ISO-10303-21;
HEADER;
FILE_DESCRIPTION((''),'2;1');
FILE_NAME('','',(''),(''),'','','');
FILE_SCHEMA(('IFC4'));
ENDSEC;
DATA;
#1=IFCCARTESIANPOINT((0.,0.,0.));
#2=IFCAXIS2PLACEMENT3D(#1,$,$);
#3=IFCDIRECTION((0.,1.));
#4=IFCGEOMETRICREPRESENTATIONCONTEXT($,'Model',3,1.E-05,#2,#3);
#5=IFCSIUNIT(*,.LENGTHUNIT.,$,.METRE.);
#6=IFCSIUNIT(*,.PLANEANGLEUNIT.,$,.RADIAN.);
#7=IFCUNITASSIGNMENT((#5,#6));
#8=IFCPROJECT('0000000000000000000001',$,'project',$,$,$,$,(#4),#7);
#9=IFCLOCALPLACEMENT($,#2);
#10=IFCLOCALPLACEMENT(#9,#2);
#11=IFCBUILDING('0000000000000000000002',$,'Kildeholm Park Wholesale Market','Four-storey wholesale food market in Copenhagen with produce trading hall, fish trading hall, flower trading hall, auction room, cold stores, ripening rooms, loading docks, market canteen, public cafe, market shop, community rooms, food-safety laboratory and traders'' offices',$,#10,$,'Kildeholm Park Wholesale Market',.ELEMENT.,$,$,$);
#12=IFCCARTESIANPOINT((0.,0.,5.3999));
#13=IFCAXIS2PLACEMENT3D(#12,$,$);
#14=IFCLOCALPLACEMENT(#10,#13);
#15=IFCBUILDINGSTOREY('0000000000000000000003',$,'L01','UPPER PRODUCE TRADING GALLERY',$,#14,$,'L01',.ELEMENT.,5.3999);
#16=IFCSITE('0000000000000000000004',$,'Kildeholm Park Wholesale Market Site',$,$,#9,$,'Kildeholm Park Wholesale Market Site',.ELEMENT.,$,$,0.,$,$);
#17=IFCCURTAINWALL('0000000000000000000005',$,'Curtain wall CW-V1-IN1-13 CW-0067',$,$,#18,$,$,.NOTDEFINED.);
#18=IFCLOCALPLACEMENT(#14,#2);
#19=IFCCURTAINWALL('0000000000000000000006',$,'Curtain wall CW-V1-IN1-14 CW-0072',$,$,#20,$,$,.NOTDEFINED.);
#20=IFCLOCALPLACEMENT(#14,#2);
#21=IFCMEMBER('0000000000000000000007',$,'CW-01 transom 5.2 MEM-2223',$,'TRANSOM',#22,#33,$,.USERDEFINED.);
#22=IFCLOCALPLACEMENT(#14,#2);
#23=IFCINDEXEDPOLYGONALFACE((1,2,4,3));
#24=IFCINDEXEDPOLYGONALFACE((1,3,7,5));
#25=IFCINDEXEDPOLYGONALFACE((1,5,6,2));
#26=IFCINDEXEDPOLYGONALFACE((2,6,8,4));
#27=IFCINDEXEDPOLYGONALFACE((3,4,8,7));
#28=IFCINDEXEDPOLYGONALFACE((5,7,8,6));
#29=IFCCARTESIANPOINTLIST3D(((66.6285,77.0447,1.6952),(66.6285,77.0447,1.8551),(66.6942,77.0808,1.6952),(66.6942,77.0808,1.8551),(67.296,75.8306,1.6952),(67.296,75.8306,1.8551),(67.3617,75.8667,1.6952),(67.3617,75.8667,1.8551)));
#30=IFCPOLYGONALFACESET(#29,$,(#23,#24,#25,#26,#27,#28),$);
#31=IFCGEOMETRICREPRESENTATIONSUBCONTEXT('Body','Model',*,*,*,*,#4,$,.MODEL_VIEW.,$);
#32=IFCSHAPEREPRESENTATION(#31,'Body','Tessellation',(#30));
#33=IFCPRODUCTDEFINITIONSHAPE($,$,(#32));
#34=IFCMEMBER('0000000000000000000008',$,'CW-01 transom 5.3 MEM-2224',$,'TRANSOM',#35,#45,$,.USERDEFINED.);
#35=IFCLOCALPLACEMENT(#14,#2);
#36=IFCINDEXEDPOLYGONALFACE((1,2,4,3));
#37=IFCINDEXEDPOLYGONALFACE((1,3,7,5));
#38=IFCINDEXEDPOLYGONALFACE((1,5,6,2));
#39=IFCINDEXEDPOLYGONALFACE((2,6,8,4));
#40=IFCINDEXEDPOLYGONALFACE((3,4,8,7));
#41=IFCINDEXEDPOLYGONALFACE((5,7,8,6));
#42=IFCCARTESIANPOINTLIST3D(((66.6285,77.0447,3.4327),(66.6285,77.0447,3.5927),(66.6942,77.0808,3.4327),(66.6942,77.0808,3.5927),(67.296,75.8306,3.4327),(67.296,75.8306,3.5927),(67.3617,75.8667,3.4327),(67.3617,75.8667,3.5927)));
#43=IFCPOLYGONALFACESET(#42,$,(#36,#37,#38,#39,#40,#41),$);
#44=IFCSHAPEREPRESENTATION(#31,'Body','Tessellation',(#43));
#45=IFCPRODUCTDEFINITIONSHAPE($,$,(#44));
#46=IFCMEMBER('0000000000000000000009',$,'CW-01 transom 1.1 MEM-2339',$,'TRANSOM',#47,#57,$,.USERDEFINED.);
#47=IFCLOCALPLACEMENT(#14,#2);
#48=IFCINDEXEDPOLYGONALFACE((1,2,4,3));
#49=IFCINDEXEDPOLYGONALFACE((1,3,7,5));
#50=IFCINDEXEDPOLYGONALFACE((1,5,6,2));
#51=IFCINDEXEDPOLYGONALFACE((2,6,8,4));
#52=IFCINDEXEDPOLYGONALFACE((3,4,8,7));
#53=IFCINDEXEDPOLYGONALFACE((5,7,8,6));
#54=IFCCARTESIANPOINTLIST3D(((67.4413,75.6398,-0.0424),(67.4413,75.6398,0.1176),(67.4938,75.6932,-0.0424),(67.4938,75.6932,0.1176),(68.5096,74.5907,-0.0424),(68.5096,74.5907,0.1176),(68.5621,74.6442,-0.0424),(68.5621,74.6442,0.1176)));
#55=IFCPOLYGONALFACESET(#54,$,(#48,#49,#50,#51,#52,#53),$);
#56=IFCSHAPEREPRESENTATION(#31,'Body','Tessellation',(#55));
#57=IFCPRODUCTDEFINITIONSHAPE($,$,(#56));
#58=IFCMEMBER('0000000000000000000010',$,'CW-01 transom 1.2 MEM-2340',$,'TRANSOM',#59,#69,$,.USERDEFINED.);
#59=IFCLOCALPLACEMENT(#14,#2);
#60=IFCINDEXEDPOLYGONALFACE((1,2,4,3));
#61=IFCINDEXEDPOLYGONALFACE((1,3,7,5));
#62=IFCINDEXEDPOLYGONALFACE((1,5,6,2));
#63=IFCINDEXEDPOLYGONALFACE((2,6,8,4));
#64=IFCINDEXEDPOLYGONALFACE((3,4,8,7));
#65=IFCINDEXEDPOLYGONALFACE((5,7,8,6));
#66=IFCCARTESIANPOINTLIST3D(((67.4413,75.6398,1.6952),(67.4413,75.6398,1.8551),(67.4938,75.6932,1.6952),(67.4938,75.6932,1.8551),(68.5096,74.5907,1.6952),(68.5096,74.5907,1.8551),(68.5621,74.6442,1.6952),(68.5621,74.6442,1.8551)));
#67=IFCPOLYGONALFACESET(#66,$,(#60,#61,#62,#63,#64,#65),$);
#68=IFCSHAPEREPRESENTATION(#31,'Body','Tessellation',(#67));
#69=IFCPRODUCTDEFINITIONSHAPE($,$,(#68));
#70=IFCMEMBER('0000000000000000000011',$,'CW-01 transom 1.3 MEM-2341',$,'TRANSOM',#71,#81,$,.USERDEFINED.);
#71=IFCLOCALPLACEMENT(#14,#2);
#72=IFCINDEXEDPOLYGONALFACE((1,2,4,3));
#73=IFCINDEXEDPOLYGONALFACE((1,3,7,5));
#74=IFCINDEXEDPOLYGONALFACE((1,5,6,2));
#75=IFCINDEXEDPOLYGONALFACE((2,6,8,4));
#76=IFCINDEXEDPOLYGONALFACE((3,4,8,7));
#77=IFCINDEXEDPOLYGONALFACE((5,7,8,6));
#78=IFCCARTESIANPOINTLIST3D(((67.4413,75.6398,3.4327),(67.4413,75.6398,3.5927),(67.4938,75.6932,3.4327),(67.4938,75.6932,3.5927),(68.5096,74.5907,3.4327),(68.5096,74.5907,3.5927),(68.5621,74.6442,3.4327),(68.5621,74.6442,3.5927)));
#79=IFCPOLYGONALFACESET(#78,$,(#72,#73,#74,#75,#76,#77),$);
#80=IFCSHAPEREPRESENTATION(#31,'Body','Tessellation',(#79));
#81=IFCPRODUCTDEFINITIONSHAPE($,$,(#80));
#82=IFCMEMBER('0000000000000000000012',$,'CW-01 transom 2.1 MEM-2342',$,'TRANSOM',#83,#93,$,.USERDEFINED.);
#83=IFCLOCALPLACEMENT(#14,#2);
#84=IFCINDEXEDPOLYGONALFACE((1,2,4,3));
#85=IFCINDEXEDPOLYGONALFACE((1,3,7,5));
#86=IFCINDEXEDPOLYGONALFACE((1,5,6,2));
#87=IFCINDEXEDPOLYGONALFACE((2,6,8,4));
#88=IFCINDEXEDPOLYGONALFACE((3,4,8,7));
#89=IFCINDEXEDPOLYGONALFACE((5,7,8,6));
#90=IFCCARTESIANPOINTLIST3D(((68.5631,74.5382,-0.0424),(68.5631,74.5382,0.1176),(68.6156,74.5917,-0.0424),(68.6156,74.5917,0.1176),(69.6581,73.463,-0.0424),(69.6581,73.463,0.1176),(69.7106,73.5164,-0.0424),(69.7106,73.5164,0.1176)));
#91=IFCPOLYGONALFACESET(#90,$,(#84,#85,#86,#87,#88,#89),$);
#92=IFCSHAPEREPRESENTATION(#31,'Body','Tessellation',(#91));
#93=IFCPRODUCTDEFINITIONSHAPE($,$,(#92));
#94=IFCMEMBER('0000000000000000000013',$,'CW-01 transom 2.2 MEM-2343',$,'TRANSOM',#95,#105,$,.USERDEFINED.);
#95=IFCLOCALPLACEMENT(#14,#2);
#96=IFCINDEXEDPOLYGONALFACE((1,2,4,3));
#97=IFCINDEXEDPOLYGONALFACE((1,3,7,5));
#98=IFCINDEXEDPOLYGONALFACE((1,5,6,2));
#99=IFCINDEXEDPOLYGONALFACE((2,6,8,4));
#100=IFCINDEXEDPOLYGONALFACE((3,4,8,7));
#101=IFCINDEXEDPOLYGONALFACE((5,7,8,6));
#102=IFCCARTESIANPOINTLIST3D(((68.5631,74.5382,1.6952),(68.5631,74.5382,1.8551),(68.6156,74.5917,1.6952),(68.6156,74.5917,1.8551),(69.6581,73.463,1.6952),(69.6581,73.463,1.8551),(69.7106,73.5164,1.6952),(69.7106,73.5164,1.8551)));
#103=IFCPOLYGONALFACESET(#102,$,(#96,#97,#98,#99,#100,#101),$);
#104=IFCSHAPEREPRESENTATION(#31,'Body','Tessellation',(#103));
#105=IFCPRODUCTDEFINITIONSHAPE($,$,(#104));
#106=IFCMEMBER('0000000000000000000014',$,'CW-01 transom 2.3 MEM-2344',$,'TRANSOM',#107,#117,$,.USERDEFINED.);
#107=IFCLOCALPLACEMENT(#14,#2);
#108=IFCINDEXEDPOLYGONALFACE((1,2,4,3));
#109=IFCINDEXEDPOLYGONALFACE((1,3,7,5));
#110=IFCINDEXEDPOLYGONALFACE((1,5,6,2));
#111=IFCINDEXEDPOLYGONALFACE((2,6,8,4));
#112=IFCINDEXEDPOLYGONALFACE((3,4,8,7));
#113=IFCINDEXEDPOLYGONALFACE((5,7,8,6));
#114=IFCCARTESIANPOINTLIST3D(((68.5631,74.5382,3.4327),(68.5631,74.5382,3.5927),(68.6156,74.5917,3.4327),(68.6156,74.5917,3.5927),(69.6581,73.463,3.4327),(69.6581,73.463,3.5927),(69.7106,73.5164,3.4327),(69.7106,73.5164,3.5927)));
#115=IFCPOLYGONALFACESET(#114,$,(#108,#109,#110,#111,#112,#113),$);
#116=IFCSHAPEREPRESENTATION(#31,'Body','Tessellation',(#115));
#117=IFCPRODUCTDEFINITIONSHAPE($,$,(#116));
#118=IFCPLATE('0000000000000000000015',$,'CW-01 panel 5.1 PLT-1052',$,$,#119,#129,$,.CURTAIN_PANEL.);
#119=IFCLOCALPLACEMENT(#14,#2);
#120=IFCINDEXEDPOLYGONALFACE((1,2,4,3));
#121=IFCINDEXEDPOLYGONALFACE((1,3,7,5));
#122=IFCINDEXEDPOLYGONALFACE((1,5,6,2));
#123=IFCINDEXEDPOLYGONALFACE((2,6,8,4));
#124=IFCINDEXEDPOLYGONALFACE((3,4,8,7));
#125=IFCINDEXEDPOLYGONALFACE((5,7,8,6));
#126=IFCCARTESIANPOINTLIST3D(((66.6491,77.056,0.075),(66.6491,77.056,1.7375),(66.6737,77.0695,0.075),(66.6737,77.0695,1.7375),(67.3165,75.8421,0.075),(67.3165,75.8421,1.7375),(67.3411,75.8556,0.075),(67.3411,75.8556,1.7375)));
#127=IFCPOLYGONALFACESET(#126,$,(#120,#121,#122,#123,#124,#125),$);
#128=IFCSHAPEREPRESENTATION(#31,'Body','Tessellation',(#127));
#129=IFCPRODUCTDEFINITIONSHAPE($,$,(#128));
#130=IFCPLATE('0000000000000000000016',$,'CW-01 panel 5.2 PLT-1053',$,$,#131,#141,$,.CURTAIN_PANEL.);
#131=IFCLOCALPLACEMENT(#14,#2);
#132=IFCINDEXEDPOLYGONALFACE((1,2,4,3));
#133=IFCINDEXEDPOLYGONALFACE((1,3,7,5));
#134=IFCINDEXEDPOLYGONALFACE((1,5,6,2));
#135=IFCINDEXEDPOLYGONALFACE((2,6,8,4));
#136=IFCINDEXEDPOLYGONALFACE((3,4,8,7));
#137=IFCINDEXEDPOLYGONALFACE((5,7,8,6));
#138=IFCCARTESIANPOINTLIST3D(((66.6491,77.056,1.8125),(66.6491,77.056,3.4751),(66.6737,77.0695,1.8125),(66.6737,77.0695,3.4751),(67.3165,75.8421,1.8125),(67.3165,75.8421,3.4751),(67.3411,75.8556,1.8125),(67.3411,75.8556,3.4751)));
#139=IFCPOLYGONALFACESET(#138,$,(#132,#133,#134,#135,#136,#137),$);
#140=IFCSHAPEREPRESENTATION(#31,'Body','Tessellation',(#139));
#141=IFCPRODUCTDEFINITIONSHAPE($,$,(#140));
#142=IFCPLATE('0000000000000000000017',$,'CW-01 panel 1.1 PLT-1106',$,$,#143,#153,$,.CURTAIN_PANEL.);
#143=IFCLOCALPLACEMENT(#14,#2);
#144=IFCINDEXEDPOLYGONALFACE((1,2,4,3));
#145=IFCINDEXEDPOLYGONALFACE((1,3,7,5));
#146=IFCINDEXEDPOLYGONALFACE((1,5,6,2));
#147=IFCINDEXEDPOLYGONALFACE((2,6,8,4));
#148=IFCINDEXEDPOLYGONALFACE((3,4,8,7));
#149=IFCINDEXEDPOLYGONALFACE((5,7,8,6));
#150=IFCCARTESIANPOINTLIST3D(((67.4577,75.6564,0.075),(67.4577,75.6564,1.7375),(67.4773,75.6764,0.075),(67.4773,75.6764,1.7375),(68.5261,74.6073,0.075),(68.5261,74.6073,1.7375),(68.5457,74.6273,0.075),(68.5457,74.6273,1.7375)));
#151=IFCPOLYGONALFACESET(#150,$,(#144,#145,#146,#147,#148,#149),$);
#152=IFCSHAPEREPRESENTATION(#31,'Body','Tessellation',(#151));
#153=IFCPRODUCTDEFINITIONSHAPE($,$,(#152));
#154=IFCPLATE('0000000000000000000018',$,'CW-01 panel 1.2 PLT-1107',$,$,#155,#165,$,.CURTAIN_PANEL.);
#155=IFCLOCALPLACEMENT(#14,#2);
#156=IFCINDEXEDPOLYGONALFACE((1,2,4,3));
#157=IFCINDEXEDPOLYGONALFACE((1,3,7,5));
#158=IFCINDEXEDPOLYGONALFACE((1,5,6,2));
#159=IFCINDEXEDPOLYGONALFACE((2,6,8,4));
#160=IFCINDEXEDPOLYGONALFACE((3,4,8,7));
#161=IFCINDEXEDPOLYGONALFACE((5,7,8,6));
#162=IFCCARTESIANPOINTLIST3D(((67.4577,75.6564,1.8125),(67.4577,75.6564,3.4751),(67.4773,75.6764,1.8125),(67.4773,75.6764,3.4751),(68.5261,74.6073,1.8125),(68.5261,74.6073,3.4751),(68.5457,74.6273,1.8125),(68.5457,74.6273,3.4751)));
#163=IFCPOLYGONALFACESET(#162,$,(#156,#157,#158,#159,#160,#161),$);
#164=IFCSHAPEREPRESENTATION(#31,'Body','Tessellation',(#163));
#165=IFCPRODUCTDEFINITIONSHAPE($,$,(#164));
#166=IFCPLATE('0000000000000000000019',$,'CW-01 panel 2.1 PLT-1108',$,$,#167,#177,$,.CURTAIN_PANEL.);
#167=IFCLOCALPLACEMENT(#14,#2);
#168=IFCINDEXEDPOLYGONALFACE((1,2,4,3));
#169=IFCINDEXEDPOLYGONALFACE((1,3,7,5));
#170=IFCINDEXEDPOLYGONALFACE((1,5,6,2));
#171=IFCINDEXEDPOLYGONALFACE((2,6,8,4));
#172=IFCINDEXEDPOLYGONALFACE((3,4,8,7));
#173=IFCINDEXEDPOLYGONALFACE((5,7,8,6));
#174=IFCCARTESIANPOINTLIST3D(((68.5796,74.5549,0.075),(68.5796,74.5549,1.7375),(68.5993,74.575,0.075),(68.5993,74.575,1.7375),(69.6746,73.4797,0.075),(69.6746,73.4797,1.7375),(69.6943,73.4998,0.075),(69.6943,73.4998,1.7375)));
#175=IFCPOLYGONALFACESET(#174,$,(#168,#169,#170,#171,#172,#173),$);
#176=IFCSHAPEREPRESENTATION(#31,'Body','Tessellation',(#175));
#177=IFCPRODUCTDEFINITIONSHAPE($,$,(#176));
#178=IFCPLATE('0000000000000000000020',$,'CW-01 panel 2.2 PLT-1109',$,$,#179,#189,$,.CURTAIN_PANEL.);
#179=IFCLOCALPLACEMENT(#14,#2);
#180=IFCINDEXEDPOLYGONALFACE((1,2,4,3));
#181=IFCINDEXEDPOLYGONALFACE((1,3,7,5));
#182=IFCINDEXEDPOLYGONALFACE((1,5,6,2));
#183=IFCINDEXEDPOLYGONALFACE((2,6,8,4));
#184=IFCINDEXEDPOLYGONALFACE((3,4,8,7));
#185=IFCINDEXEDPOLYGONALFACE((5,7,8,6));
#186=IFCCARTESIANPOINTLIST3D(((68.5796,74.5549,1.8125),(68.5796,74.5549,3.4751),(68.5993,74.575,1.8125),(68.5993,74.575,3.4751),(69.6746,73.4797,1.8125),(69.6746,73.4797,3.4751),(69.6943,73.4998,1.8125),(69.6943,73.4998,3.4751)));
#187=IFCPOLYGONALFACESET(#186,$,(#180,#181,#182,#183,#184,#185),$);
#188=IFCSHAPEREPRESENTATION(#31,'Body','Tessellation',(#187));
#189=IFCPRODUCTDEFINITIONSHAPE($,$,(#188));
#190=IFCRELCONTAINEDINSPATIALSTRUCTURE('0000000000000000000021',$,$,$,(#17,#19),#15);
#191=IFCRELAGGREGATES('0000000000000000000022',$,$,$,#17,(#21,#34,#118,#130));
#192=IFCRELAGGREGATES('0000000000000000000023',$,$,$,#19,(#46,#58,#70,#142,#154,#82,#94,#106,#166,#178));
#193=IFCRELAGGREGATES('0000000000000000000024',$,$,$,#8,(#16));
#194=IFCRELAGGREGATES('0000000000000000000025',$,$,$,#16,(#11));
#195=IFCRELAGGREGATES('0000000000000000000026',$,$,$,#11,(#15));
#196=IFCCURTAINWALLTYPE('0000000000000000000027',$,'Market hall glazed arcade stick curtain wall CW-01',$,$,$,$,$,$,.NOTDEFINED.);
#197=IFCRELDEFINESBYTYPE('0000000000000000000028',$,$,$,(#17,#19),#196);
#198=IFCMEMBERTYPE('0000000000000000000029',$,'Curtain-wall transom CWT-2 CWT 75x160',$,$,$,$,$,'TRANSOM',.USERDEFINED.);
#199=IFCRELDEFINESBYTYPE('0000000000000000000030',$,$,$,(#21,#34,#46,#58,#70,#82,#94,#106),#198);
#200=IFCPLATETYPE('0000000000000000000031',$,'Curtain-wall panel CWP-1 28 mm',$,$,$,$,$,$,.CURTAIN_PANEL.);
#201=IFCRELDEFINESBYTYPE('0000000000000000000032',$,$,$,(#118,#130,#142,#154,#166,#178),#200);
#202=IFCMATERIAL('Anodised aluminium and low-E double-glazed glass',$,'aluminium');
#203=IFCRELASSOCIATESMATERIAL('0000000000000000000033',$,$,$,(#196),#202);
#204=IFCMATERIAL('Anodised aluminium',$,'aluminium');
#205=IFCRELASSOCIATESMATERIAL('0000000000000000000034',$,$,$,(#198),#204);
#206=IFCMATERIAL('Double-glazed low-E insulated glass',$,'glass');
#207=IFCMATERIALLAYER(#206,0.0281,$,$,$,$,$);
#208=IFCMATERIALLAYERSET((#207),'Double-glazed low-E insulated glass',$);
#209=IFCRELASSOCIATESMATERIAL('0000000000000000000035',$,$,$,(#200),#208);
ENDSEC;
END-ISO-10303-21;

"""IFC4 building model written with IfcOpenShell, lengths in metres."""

from ifc_helpers import new_model, si_unit, direction, frame, origin, origin_2d, place, context, subcontext, project, spatial, rectangle, extrude, material, layer, layer_set, material_profile, profile_set, type_object, element, aggregate, save


model = new_model("IFC4")

# Units and contexts
model_context = context("Model", 3, precision=1e-05, world=origin(), true_north=direction((0.0, 1.0)))
body_context = subcontext(model_context, "Body", "Model", "MODEL_VIEW")
ifc_project = project(units=[si_unit("LENGTHUNIT", "METRE"), si_unit("PLANEANGLEUNIT", "RADIAN")], contexts=[model_context])

# Site, building, storey
site_placement = place(None, origin())
site = spatial("IfcSite", under=ifc_project, at=site_placement, Name="Kildeholm Park Wholesale Market Site", LongName="Kildeholm Park Wholesale Market Site", CompositionType="ELEMENT", RefElevation=0.0)
building_placement = place(site_placement, origin())
building = spatial("IfcBuilding", under=site, at=building_placement, Name="Kildeholm Park Wholesale Market", Description="Four-storey wholesale food market in Copenhagen with produce trading hall, fish trading hall, flower trading hall, auction room, cold stores, ripening rooms, loading docks, market canteen, public cafe, market shop, community rooms, food-safety laboratory and traders' offices", LongName="Kildeholm Park Wholesale Market", CompositionType="ELEMENT")
storey_placement = place(building_placement, frame((0.0, 0.0, 5.3999)))
storey = spatial("IfcBuildingStorey", under=building, at=storey_placement, Name="L01", Description="UPPER PRODUCE TRADING GALLERY", LongName="L01", CompositionType="ELEMENT", Elevation=5.3999)

# Curtain wall
ifc_material_1 = material(Name="Anodised aluminium and low-E double-glazed glass", Category="aluminium")
curtain_wall_type = type_object("IfcCurtainWallType", Name="Market hall glazed arcade stick curtain wall CW-01", PredefinedType="NOTDEFINED", material=ifc_material_1)
curtain_wall_1_placement = place(storey_placement, origin())
curtain_wall_1 = element("IfcCurtainWall", 1, at=curtain_wall_1_placement, inside=storey, type_object=curtain_wall_type, Name="Curtain wall CW-V1-IN1-13 CW-0067", PredefinedType="NOTDEFINED")
ifc_material_2 = material(Name="Anodised aluminium", Category="aluminium")

# Curtain wall
curtain_wall_2_placement = place(storey_placement, origin())
curtain_wall_2 = element("IfcCurtainWall", 2, at=curtain_wall_2_placement, inside=storey, type_object=curtain_wall_type, Name="Curtain wall CW-V1-IN1-14 CW-0072", PredefinedType="NOTDEFINED")

# Members
ifc_material_profile_1 = material_profile(ifc_material_2, rectangle(XDim=0.075, YDim=0.1599, at=origin_2d()), Name="CWT 75x160")
ifc_profile_set_1 = profile_set([ifc_material_profile_1], Name="Anodised aluminium")
member_type_1 = type_object("IfcMemberType", Name="Curtain-wall transom CWT-2 CWT 75x160", ElementType="TRANSOM", PredefinedType="USERDEFINED", material=ifc_profile_set_1)
member_1_placement = place(storey_placement, frame((66.6614, 77.0627, 1.7751), z_axis=(0.481763, -0.876301, 0.0), x_axis=(0.876301, 0.481763, 0.0)))
member_1 = element("IfcMember", 3, at=member_1_placement, type_object=member_type_1, Name="CW-01 transom 5.2 MEM-2223", ObjectType="TRANSOM", PredefinedType="USERDEFINED", context=body_context, shape_type="SweptSolid", body=[
    extrude(rectangle(XDim=0.075, YDim=0.1599, at=origin_2d()), origin(), (0.0, 0.0, 1.0), 1.3855),
])
member_2_placement = place(storey_placement, frame((66.6614, 77.0627, 3.5127), z_axis=(0.481763, -0.876301, 0.0), x_axis=(0.876301, 0.481763, 0.0)))
member_2 = element("IfcMember", 4, at=member_2_placement, type_object=member_type_1, Name="CW-01 transom 5.3 MEM-2224", ObjectType="TRANSOM", PredefinedType="USERDEFINED", context=body_context, shape_type="SweptSolid", body=[
    extrude(rectangle(XDim=0.075, YDim=0.1599, at=origin_2d()), origin(), (0.0, 0.0, 1.0), 1.3855),
])
member_3_placement = place(storey_placement, frame((67.4675, 75.6665, 0.0376), z_axis=(0.713518, -0.700637, 0.0), x_axis=(0.700637, 0.713518, 0.0)))
member_3 = element("IfcMember", 5, at=member_3_placement, type_object=member_type_1, Name="CW-01 transom 1.1 MEM-2339", ObjectType="TRANSOM", PredefinedType="USERDEFINED", context=body_context, shape_type="SweptSolid", body=[
    extrude(rectangle(XDim=0.075, YDim=0.1599, at=origin_2d()), origin(), (0.0, 0.0, 1.0), 1.4973),
])
member_4_placement = place(storey_placement, frame((67.4675, 75.6665, 1.7751), z_axis=(0.713518, -0.700637, 0.0), x_axis=(0.700637, 0.713518, 0.0)))
member_4 = element("IfcMember", 6, at=member_4_placement, type_object=member_type_1, Name="CW-01 transom 1.2 MEM-2340", ObjectType="TRANSOM", PredefinedType="USERDEFINED", context=body_context, shape_type="SweptSolid", body=[
    extrude(rectangle(XDim=0.075, YDim=0.1599, at=origin_2d()), origin(), (0.0, 0.0, 1.0), 1.4973),
])
member_5_placement = place(storey_placement, frame((67.4675, 75.6665, 3.5127), z_axis=(0.713518, -0.700637, 0.0), x_axis=(0.700637, 0.713518, 0.0)))
member_5 = element("IfcMember", 7, at=member_5_placement, type_object=member_type_1, Name="CW-01 transom 1.3 MEM-2341", ObjectType="TRANSOM", PredefinedType="USERDEFINED", context=body_context, shape_type="SweptSolid", body=[
    extrude(rectangle(XDim=0.075, YDim=0.1599, at=origin_2d()), origin(), (0.0, 0.0, 1.0), 1.4973),
])
member_6_placement = place(storey_placement, frame((68.5894, 74.5649, 0.0376), z_axis=(0.713521, -0.700634, 0.0), x_axis=(0.700634, 0.713521, 0.0)))
member_6 = element("IfcMember", 8, at=member_6_placement, type_object=member_type_1, Name="CW-01 transom 2.1 MEM-2342", ObjectType="TRANSOM", PredefinedType="USERDEFINED", context=body_context, shape_type="SweptSolid", body=[
    extrude(rectangle(XDim=0.075, YDim=0.1599, at=origin_2d()), origin(), (0.0, 0.0, 1.0), 1.5347),
])
member_7_placement = place(storey_placement, frame((68.5894, 74.5649, 1.7751), z_axis=(0.713521, -0.700634, 0.0), x_axis=(0.700634, 0.713521, 0.0)))
member_7 = element("IfcMember", 9, at=member_7_placement, type_object=member_type_1, Name="CW-01 transom 2.2 MEM-2343", ObjectType="TRANSOM", PredefinedType="USERDEFINED", context=body_context, shape_type="SweptSolid", body=[
    extrude(rectangle(XDim=0.075, YDim=0.1599, at=origin_2d()), origin(), (0.0, 0.0, 1.0), 1.5347),
])
member_8_placement = place(storey_placement, frame((68.5894, 74.5649, 3.5127), z_axis=(0.713521, -0.700634, 0.0), x_axis=(0.700634, 0.713521, 0.0)))
member_8 = element("IfcMember", 10, at=member_8_placement, type_object=member_type_1, Name="CW-01 transom 2.3 MEM-2344", ObjectType="TRANSOM", PredefinedType="USERDEFINED", context=body_context, shape_type="SweptSolid", body=[
    extrude(rectangle(XDim=0.075, YDim=0.1599, at=origin_2d()), origin(), (0.0, 0.0, 1.0), 1.5347),
])

# Plates
ifc_material_3 = material(Name="Double-glazed low-E insulated glass", Category="glass")
ifc_layer = layer(ifc_material_3, 0.0281)
ifc_layer_set = layer_set([ifc_layer], Name="Double-glazed low-E insulated glass")
plate_type = type_object("IfcPlateType", Name="Curtain-wall panel CWP-1 28 mm", PredefinedType="CURTAIN_PANEL", material=ifc_layer_set)
plate_1_placement = place(storey_placement, frame((66.9951, 76.4558, 0.075), z_axis=(0.0, 0.0, 1.0), x_axis=(0.48175, -0.876309, 0.0)))
plate_1 = element("IfcPlate", 11, at=plate_1_placement, type_object=plate_type, Name="CW-01 panel 5.1 PLT-1052", PredefinedType="CURTAIN_PANEL", context=body_context, shape_type="SweptSolid", body=[
    extrude(rectangle(XDim=1.3853, YDim=0.0281, at=origin_2d()), origin(), (0.0, 0.0, 1.0), 1.6626),
])
plate_2_placement = place(storey_placement, frame((66.9951, 76.4558, 1.8125), z_axis=(0.0, 0.0, 1.0), x_axis=(0.48175, -0.876309, 0.0)))
plate_2 = element("IfcPlate", 12, at=plate_2_placement, type_object=plate_type, Name="CW-01 panel 5.2 PLT-1053", PredefinedType="CURTAIN_PANEL", context=body_context, shape_type="SweptSolid", body=[
    extrude(rectangle(XDim=1.3853, YDim=0.0281, at=origin_2d()), origin(), (0.0, 0.0, 1.0), 1.6626),
])
aggregate(curtain_wall_1, [member_1, member_2, plate_1, plate_2])
plate_3_placement = place(storey_placement, frame((68.0017, 75.1418, 0.075), z_axis=(0.0, 0.0, 1.0), x_axis=(0.713538, -0.700617, 0.0)))
plate_3 = element("IfcPlate", 13, at=plate_3_placement, type_object=plate_type, Name="CW-01 panel 1.1 PLT-1106", PredefinedType="CURTAIN_PANEL", context=body_context, shape_type="SweptSolid", body=[
    extrude(rectangle(XDim=1.4973, YDim=0.0281, at=origin_2d()), origin(), (0.0, 0.0, 1.0), 1.6626),
])
plate_4_placement = place(storey_placement, frame((68.0017, 75.1418, 1.8125), z_axis=(0.0, 0.0, 1.0), x_axis=(0.713538, -0.700617, 0.0)))
plate_4 = element("IfcPlate", 14, at=plate_4_placement, type_object=plate_type, Name="CW-01 panel 1.2 PLT-1107", PredefinedType="CURTAIN_PANEL", context=body_context, shape_type="SweptSolid", body=[
    extrude(rectangle(XDim=1.4973, YDim=0.0281, at=origin_2d()), origin(), (0.0, 0.0, 1.0), 1.6626),
])
plate_5_placement = place(storey_placement, frame((69.137, 74.0273, 0.075), z_axis=(0.0, 0.0, 1.0), x_axis=(0.713538, -0.700617, 0.0)))
plate_5 = element("IfcPlate", 15, at=plate_5_placement, type_object=plate_type, Name="CW-01 panel 2.1 PLT-1108", PredefinedType="CURTAIN_PANEL", context=body_context, shape_type="SweptSolid", body=[
    extrude(rectangle(XDim=1.5347, YDim=0.0281, at=origin_2d()), origin(), (0.0, 0.0, 1.0), 1.6626),
])
plate_6_placement = place(storey_placement, frame((69.137, 74.0273, 1.8125), z_axis=(0.0, 0.0, 1.0), x_axis=(0.713538, -0.700617, 0.0)))
plate_6 = element("IfcPlate", 16, at=plate_6_placement, type_object=plate_type, Name="CW-01 panel 2.2 PLT-1109", PredefinedType="CURTAIN_PANEL", context=body_context, shape_type="SweptSolid", body=[
    extrude(rectangle(XDim=1.5347, YDim=0.0281, at=origin_2d()), origin(), (0.0, 0.0, 1.0), 1.6626),
])
aggregate(curtain_wall_2, [member_3, member_4, member_5, plate_3, plate_4, member_6, member_7, member_8, plate_5, plate_6])

save(model, "model.ifc")
